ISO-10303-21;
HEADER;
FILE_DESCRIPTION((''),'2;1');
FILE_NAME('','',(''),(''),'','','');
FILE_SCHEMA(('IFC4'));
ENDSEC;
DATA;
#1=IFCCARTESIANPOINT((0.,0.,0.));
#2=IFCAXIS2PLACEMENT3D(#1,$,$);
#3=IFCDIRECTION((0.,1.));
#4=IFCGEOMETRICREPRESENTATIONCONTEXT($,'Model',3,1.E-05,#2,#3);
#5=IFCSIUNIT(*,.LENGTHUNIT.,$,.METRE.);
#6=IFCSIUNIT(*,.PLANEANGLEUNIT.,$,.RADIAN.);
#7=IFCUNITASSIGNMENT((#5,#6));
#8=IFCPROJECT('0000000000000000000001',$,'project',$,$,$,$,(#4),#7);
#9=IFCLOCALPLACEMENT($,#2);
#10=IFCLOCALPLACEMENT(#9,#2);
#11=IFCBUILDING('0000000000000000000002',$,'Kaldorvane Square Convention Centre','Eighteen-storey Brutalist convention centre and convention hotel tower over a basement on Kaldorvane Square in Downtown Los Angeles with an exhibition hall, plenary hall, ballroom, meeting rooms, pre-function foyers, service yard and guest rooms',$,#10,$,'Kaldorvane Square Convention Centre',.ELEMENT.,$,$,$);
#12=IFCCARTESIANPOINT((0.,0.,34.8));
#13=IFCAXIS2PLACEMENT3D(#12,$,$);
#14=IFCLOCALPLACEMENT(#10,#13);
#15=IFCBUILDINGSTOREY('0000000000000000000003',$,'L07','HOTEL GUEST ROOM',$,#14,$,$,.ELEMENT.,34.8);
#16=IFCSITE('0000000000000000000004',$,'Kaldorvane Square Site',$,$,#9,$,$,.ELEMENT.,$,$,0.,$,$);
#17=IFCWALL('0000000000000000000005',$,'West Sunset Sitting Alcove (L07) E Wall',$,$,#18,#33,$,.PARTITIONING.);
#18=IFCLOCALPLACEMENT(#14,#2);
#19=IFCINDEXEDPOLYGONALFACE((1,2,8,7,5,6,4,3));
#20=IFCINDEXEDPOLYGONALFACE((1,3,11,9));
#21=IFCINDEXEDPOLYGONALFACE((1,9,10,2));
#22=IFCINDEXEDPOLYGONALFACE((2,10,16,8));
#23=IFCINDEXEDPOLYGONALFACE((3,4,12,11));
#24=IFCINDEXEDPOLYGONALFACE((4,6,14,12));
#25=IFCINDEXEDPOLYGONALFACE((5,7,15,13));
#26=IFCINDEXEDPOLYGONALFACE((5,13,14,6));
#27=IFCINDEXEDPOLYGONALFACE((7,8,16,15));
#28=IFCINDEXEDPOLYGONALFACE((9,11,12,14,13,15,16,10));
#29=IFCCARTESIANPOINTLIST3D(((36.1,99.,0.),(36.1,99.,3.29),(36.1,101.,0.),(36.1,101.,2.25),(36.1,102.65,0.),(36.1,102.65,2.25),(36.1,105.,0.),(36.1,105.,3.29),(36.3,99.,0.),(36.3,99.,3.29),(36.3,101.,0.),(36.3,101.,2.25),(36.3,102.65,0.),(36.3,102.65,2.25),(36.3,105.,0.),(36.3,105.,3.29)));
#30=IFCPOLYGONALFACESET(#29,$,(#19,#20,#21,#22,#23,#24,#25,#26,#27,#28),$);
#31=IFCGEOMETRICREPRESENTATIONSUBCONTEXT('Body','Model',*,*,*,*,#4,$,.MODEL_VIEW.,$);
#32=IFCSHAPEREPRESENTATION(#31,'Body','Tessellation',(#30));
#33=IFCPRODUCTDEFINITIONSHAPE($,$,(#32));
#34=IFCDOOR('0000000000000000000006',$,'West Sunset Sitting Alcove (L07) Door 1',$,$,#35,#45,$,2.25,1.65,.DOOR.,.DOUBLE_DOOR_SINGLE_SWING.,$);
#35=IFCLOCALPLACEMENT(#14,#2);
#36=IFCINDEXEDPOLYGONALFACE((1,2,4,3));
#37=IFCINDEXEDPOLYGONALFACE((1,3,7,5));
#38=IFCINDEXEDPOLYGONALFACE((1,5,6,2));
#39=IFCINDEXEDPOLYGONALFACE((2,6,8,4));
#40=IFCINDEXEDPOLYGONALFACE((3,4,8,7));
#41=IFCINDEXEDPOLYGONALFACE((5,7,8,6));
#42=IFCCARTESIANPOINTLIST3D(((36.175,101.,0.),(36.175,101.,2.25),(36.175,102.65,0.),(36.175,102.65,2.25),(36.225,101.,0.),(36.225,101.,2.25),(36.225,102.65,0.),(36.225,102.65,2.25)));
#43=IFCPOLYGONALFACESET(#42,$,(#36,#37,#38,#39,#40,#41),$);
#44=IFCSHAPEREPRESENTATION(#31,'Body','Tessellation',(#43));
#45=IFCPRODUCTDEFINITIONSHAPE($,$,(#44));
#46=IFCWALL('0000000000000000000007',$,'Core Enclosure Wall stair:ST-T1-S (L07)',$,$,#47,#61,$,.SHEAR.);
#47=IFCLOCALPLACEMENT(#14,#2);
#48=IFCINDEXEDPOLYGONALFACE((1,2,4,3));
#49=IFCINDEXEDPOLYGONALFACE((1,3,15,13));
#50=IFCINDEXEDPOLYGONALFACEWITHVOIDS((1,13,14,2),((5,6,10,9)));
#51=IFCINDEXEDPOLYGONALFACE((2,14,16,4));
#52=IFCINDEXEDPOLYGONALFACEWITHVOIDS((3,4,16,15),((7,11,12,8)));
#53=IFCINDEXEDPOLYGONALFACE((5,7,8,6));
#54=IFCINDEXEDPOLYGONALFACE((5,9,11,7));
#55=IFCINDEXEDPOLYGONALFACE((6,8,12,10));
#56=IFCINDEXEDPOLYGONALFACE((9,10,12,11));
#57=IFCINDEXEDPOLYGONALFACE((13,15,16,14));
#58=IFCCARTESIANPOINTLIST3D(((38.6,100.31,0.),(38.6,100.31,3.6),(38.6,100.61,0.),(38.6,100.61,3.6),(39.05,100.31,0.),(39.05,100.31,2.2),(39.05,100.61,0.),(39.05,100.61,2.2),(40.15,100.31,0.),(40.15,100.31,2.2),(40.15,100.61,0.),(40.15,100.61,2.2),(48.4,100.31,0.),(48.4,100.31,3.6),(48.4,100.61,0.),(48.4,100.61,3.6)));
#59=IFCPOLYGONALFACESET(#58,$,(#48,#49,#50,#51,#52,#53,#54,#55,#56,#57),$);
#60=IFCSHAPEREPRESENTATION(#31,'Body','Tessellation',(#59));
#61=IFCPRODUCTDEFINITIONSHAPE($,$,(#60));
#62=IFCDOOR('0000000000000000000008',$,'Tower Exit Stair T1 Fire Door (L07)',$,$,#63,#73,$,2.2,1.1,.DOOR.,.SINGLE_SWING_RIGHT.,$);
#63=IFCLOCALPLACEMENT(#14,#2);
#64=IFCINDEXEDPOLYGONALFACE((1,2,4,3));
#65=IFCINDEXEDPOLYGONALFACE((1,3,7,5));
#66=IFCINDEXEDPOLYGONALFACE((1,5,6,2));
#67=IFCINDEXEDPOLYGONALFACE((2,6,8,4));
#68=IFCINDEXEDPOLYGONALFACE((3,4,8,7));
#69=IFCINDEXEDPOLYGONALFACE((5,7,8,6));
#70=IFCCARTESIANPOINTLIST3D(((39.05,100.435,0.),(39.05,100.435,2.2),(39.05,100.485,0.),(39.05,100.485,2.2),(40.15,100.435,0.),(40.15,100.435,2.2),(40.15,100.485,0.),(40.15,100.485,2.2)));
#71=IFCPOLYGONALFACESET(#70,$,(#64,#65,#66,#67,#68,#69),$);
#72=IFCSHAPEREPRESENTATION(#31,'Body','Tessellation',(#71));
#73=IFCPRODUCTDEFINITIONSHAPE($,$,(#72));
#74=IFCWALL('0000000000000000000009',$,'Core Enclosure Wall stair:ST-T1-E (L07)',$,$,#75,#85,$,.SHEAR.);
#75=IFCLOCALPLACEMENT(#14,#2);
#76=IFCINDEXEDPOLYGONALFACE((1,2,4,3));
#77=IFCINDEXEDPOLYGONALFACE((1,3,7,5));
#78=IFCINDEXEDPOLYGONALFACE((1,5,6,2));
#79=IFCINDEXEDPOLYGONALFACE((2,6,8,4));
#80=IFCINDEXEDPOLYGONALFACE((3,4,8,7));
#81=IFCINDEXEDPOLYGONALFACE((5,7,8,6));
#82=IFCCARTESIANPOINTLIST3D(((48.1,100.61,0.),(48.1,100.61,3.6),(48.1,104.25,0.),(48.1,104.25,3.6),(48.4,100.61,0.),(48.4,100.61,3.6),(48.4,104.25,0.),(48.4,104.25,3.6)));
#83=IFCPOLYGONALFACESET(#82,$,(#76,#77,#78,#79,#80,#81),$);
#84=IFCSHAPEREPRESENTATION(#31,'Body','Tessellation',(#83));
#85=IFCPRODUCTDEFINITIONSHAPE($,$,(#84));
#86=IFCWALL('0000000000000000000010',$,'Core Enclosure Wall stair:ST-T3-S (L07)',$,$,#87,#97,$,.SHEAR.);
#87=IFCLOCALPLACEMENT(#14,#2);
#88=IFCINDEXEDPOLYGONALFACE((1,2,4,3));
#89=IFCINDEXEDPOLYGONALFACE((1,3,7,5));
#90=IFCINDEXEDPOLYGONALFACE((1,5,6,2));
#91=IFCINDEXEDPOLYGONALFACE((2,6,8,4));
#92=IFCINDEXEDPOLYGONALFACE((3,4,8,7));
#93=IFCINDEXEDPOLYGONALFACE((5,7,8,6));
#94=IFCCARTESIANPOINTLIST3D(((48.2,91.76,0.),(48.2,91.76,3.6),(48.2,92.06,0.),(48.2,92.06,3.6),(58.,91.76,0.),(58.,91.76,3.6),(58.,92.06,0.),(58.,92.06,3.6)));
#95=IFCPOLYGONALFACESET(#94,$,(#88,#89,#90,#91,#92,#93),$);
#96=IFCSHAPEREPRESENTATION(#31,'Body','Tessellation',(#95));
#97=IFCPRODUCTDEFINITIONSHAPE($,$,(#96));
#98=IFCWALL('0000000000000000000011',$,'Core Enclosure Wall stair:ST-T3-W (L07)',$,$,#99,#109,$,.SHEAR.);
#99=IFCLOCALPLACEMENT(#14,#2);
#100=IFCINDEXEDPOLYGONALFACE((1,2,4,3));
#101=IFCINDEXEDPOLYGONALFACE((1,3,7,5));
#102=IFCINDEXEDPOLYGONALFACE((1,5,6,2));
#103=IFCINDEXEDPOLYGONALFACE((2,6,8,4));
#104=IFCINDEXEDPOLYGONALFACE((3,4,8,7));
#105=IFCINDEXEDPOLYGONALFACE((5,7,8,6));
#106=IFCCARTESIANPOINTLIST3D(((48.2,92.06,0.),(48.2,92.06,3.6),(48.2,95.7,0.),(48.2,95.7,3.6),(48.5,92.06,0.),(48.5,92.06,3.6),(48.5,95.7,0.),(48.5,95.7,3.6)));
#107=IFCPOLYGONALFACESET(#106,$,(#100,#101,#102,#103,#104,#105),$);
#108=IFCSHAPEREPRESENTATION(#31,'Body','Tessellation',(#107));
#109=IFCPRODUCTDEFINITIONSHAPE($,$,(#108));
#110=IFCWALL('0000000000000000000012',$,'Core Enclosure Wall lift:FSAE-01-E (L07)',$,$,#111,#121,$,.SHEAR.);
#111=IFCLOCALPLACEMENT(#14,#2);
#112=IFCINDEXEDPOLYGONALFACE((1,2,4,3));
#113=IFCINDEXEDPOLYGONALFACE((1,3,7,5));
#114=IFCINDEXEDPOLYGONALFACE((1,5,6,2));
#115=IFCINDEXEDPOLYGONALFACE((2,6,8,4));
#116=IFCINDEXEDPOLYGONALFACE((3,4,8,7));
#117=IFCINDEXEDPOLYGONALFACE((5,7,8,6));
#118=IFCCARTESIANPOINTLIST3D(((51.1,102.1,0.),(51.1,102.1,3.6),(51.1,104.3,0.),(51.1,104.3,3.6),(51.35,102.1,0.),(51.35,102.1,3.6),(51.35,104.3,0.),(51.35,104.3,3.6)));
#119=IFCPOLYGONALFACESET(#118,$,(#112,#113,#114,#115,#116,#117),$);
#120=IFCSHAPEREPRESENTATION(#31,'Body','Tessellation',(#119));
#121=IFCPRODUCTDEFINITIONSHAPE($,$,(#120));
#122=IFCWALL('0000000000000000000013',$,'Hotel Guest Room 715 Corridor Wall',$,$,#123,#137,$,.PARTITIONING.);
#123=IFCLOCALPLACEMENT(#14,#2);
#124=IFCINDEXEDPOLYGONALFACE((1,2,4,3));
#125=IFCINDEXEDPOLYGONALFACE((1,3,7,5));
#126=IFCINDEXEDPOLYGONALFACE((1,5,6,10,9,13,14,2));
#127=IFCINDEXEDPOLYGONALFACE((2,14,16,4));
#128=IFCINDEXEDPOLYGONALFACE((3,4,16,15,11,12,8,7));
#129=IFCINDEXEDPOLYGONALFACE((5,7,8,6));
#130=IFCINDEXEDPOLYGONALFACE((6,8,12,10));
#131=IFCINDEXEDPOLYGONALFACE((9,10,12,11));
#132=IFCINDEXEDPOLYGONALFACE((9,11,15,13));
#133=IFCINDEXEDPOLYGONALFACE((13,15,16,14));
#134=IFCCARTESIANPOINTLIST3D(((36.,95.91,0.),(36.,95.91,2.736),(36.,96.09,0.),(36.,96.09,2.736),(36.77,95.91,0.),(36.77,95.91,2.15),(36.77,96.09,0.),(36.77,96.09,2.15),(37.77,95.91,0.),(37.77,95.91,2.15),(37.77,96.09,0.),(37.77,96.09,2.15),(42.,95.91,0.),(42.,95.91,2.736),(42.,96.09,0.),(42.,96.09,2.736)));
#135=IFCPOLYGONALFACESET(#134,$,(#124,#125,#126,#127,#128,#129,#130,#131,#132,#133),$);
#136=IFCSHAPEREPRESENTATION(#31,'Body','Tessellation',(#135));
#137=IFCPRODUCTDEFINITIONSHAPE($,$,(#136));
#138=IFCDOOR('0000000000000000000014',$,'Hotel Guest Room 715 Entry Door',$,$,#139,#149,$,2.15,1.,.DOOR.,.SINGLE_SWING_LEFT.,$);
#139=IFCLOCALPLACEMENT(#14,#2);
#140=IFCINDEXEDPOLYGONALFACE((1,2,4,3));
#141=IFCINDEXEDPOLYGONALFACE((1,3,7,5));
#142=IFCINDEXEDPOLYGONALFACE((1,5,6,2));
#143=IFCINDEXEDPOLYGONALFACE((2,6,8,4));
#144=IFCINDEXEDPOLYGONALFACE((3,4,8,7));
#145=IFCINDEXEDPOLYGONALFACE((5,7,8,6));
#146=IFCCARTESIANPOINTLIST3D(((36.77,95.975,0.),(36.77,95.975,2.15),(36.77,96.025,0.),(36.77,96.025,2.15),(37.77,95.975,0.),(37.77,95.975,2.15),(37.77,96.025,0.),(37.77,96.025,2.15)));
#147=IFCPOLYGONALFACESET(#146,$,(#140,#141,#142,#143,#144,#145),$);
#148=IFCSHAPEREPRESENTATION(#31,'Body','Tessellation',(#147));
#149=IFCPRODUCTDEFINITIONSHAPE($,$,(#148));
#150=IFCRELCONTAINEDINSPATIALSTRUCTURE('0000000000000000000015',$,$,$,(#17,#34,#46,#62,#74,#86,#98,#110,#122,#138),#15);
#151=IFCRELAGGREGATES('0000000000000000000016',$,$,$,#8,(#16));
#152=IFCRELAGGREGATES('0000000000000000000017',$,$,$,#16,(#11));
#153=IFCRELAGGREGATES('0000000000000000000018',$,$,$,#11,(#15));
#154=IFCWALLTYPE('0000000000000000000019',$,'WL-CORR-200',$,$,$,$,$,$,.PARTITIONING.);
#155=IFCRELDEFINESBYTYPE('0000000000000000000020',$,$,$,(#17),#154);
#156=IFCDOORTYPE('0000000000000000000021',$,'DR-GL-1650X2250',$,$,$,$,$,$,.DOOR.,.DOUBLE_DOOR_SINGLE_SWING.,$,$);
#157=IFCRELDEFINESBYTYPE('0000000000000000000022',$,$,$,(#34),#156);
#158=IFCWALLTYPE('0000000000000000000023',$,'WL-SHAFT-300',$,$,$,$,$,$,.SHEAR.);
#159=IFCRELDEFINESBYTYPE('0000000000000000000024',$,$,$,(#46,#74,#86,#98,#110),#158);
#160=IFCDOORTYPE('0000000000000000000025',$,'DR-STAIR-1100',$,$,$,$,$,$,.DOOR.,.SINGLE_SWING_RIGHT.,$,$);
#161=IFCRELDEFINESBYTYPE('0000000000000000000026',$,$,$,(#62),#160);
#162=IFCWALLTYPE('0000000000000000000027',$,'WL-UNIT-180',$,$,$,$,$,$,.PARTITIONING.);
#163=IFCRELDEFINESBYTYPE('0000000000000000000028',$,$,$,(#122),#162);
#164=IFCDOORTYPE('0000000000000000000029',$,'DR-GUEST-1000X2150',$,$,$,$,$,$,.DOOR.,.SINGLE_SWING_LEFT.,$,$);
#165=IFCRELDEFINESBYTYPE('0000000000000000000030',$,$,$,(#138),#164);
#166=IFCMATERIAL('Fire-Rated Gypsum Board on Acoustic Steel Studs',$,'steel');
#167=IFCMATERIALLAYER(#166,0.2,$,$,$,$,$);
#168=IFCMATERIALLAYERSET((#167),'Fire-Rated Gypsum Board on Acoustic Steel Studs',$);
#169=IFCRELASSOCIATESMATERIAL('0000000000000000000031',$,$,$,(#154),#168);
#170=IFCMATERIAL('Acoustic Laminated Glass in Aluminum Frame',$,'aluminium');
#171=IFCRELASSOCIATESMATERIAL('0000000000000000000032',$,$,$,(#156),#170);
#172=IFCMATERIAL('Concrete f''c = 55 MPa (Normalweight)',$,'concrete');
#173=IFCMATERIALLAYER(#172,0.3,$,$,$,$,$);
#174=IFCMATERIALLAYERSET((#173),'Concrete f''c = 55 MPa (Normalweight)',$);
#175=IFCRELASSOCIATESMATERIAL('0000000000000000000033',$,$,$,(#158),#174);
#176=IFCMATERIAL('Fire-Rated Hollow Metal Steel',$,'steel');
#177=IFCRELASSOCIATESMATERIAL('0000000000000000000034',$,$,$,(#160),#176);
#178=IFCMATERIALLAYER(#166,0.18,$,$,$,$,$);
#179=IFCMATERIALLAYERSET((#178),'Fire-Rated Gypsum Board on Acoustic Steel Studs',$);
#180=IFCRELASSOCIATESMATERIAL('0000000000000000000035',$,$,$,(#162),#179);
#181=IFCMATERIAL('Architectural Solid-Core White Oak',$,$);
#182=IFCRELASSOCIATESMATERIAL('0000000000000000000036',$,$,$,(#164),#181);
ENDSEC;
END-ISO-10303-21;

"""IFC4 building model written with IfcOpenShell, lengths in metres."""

from ifc_helpers import new_model, si_unit, direction, frame, frame_2d, origin, place, context, subcontext, project, spatial, rectangle, extrude, material, layer, layer_set, type_object, element, fill, save


model = new_model("IFC4")

# Units and contexts
model_context = context("Model", 3, precision=1e-05, world=origin(), true_north=direction((0.0, 1.0)))
body_context = subcontext(model_context, "Body", "Model", "MODEL_VIEW")
ifc_project = project(units=[si_unit("LENGTHUNIT", "METRE"), si_unit("PLANEANGLEUNIT", "RADIAN")], contexts=[model_context])

# Site, building, storey
site_placement = place(None, origin())
site = spatial("IfcSite", under=ifc_project, at=site_placement, Name="Kaldorvane Square Site", CompositionType="ELEMENT", RefElevation=0.0)
building_placement = place(site_placement, origin())
building = spatial("IfcBuilding", under=site, at=building_placement, Name="Kaldorvane Square Convention Centre", Description="Eighteen-storey Brutalist convention centre and convention hotel tower over a basement on Kaldorvane Square in Downtown Los Angeles with an exhibition hall, plenary hall, ballroom, meeting rooms, pre-function foyers, service yard and guest rooms", LongName="Kaldorvane Square Convention Centre", CompositionType="ELEMENT")
storey_placement = place(building_placement, frame((0.0, 0.0, 34.8)))
storey = spatial("IfcBuildingStorey", under=building, at=storey_placement, Name="L07", Description="HOTEL GUEST ROOM", CompositionType="ELEMENT", Elevation=34.8)

# Shared definitions
ifc_material_1 = material(Name="Fire-Rated Gypsum Board on Acoustic Steel Studs", Category="steel")
ifc_material_2 = material(Name="Architectural Solid-Core White Oak")

# Walls, openings, doors
ifc_layer_1 = layer(ifc_material_1, 0.2)
ifc_layer_set_1 = layer_set([ifc_layer_1], Name="Fire-Rated Gypsum Board on Acoustic Steel Studs")
wall_type_1 = type_object("IfcWallType", Name="WL-CORR-200", PredefinedType="PARTITIONING", material=ifc_layer_set_1)
ifc_material_3 = material(Name="Acoustic Laminated Glass in Aluminum Frame", Category="aluminium")
wall_1_placement = place(storey_placement, frame((36.2, 99.0, 0.0), z_axis=(0.0, 0.0, 1.0), x_axis=(0.0, 1.0, 0.0)))
wall_1 = element("IfcWall", 1, at=wall_1_placement, inside=storey, type_object=wall_type_1, Name="West Sunset Sitting Alcove (L07) E Wall", PredefinedType="PARTITIONING", context=body_context, shape_type="SweptSolid", body=[
    extrude(rectangle(XDim=6.0, YDim=0.2, at=frame_2d((3.0, 0.0))), origin(), (0.0, 0.0, 1.0), 3.29),
])
opening_1_placement = place(wall_1_placement, frame((2.0, 0.0, 0.0)))
opening_1 = element("IfcOpeningElement", 2, at=opening_1_placement, cuts=wall_1, PredefinedType="OPENING", context=body_context, shape_type="SweptSolid", body=[
    extrude(rectangle(XDim=1.65, YDim=2.25, at=frame_2d((0.825, 1.125))), frame((0.0, 0.115, 0.0), z_axis=(0.0, -1.0, 0.0), x_axis=(1.0, 0.0, 0.0)), (0.0, 0.0, 1.0), 0.23),
])
door_type_1 = type_object("IfcDoorType", Name="DR-GL-1650X2250", OperationType="DOUBLE_DOOR_SINGLE_SWING", PredefinedType="DOOR", material=ifc_material_3)
door_1_placement = place(opening_1_placement, origin())
door_1 = element("IfcDoor", 3, at=door_1_placement, inside=storey, type_object=door_type_1, Name="West Sunset Sitting Alcove (L07) Door 1", OperationType="DOUBLE_DOOR_SINGLE_SWING", OverallHeight=2.25, OverallWidth=1.65, PredefinedType="DOOR", context=body_context, shape_type="SweptSolid", body=[
    extrude(rectangle(XDim=1.65, YDim=2.25, at=frame_2d((0.825, 1.125))), frame((0.0, 0.025, 0.0), z_axis=(0.0, -1.0, 0.0), x_axis=(1.0, 0.0, 0.0)), (0.0, 0.0, 1.0), 0.05),
])
fill(opening_1, door_1)
ifc_material_4 = material(Name="Concrete f'c = 55 MPa (Normalweight)", Category="concrete")
ifc_layer_2 = layer(ifc_material_4, 0.3)
ifc_layer_set_2 = layer_set([ifc_layer_2], Name="Concrete f'c = 55 MPa (Normalweight)")
wall_type_2 = type_object("IfcWallType", Name="WL-SHAFT-300", PredefinedType="SHEAR", material=ifc_layer_set_2)
wall_2_placement = place(storey_placement, frame((38.6, 100.46, 0.0), z_axis=(0.0, 0.0, 1.0), x_axis=(1.0, 0.0, 0.0)))
wall_2 = element("IfcWall", 4, at=wall_2_placement, inside=storey, type_object=wall_type_2, Name="Core Enclosure Wall stair:ST-T1-S (L07)", PredefinedType="SHEAR", context=body_context, shape_type="SweptSolid", body=[
    extrude(rectangle(XDim=9.8, YDim=0.3, at=frame_2d((4.9, 0.0))), origin(), (0.0, 0.0, 1.0), 3.6),
])
opening_2_placement = place(wall_2_placement, frame((0.45, 0.0, 0.0)))
opening_2 = element("IfcOpeningElement", 5, at=opening_2_placement, cuts=wall_2, PredefinedType="OPENING", context=body_context, shape_type="SweptSolid", body=[
    extrude(rectangle(XDim=1.1, YDim=2.2, at=frame_2d((0.55, 1.1))), frame((0.0, 0.165, 0.0), z_axis=(0.0, -1.0, 0.0), x_axis=(1.0, 0.0, 0.0)), (0.0, 0.0, 1.0), 0.33),
])
ifc_material_5 = material(Name="Fire-Rated Hollow Metal Steel", Category="steel")
door_type_2 = type_object("IfcDoorType", Name="DR-STAIR-1100", OperationType="SINGLE_SWING_RIGHT", PredefinedType="DOOR", material=ifc_material_5)
door_2_placement = place(opening_2_placement, origin())
door_2 = element("IfcDoor", 6, at=door_2_placement, inside=storey, type_object=door_type_2, Name="Tower Exit Stair T1 Fire Door (L07)", OperationType="SINGLE_SWING_RIGHT", OverallHeight=2.2, OverallWidth=1.1, PredefinedType="DOOR", context=body_context, shape_type="SweptSolid", body=[
    extrude(rectangle(XDim=1.1, YDim=2.2, at=frame_2d((0.55, 1.1))), frame((0.0, 0.025, 0.0), z_axis=(0.0, -1.0, 0.0), x_axis=(1.0, 0.0, 0.0)), (0.0, 0.0, 1.0), 0.05),
])
fill(opening_2, door_2)

# Walls
wall_3_placement = place(storey_placement, frame((48.25, 100.61, 0.0), z_axis=(0.0, 0.0, 1.0), x_axis=(0.0, 1.0, 0.0)))
element("IfcWall", 7, at=wall_3_placement, inside=storey, type_object=wall_type_2, Name="Core Enclosure Wall stair:ST-T1-E (L07)", PredefinedType="SHEAR", context=body_context, shape_type="SweptSolid", body=[
    extrude(rectangle(XDim=3.64, YDim=0.3, at=frame_2d((1.82, 0.0))), origin(), (0.0, 0.0, 1.0), 3.6),
])
wall_4_placement = place(storey_placement, frame((48.2, 91.91, 0.0), z_axis=(0.0, 0.0, 1.0), x_axis=(1.0, 0.0, 0.0)))
element("IfcWall", 8, at=wall_4_placement, inside=storey, type_object=wall_type_2, Name="Core Enclosure Wall stair:ST-T3-S (L07)", PredefinedType="SHEAR", context=body_context, shape_type="SweptSolid", body=[
    extrude(rectangle(XDim=9.8, YDim=0.3, at=frame_2d((4.9, 0.0))), origin(), (0.0, 0.0, 1.0), 3.6),
])
wall_5_placement = place(storey_placement, frame((48.35, 95.7, 0.0), z_axis=(0.0, 0.0, 1.0), x_axis=(0.0, -1.0, 0.0)))
element("IfcWall", 9, at=wall_5_placement, inside=storey, type_object=wall_type_2, Name="Core Enclosure Wall stair:ST-T3-W (L07)", PredefinedType="SHEAR", context=body_context, shape_type="SweptSolid", body=[
    extrude(rectangle(XDim=3.64, YDim=0.3, at=frame_2d((1.82, 0.0))), origin(), (0.0, 0.0, 1.0), 3.6),
])

# Wall
wall_6_placement = place(storey_placement, frame((51.225, 102.1, 0.0), z_axis=(0.0, 0.0, 1.0), x_axis=(0.0, 1.0, 0.0)))
element("IfcWall", 10, at=wall_6_placement, inside=storey, type_object=wall_type_2, Name="Core Enclosure Wall lift:FSAE-01-E (L07)", PredefinedType="SHEAR", context=body_context, shape_type="SweptSolid", body=[
    extrude(rectangle(XDim=2.2, YDim=0.25, at=frame_2d((1.1, 0.0))), origin(), (0.0, 0.0, 1.0), 3.6),
])

# Wall, opening, door
ifc_layer_3 = layer(ifc_material_1, 0.18)
ifc_layer_set_3 = layer_set([ifc_layer_3], Name="Fire-Rated Gypsum Board on Acoustic Steel Studs")
wall_type_3 = type_object("IfcWallType", Name="WL-UNIT-180", PredefinedType="PARTITIONING", material=ifc_layer_set_3)
wall_7_placement = place(storey_placement, frame((36.0, 96.0, 0.0), z_axis=(0.0, 0.0, 1.0), x_axis=(1.0, 0.0, 0.0)))
wall_7 = element("IfcWall", 11, at=wall_7_placement, inside=storey, type_object=wall_type_3, Name="Hotel Guest Room 715 Corridor Wall", PredefinedType="PARTITIONING", context=body_context, shape_type="SweptSolid", body=[
    extrude(rectangle(XDim=6.0, YDim=0.18, at=frame_2d((3.0, 0.0))), origin(), (0.0, 0.0, 1.0), 2.736),
])
opening_3_placement = place(wall_7_placement, frame((0.77, 0.0, 0.0)))
opening_3 = element("IfcOpeningElement", 12, at=opening_3_placement, cuts=wall_7, PredefinedType="OPENING", context=body_context, shape_type="SweptSolid", body=[
    extrude(rectangle(XDim=1.0, YDim=2.15, at=frame_2d((0.5, 1.075))), frame((0.0, 0.105, 0.0), z_axis=(0.0, -1.0, 0.0), x_axis=(1.0, 0.0, 0.0)), (0.0, 0.0, 1.0), 0.21),
])
door_type_3 = type_object("IfcDoorType", Name="DR-GUEST-1000X2150", OperationType="SINGLE_SWING_LEFT", PredefinedType="DOOR", material=ifc_material_2)
door_3_placement = place(opening_3_placement, origin())
door_3 = element("IfcDoor", 13, at=door_3_placement, inside=storey, type_object=door_type_3, Name="Hotel Guest Room 715 Entry Door", OperationType="SINGLE_SWING_LEFT", OverallHeight=2.15, OverallWidth=1.0, PredefinedType="DOOR", context=body_context, shape_type="SweptSolid", body=[
    extrude(rectangle(XDim=1.0, YDim=2.15, at=frame_2d((0.5, 1.075))), frame((0.0, 0.025, 0.0), z_axis=(0.0, -1.0, 0.0), x_axis=(1.0, 0.0, 0.0)), (0.0, 0.0, 1.0), 0.05),
])
fill(opening_3, door_3)

save(model, "model.ifc")
